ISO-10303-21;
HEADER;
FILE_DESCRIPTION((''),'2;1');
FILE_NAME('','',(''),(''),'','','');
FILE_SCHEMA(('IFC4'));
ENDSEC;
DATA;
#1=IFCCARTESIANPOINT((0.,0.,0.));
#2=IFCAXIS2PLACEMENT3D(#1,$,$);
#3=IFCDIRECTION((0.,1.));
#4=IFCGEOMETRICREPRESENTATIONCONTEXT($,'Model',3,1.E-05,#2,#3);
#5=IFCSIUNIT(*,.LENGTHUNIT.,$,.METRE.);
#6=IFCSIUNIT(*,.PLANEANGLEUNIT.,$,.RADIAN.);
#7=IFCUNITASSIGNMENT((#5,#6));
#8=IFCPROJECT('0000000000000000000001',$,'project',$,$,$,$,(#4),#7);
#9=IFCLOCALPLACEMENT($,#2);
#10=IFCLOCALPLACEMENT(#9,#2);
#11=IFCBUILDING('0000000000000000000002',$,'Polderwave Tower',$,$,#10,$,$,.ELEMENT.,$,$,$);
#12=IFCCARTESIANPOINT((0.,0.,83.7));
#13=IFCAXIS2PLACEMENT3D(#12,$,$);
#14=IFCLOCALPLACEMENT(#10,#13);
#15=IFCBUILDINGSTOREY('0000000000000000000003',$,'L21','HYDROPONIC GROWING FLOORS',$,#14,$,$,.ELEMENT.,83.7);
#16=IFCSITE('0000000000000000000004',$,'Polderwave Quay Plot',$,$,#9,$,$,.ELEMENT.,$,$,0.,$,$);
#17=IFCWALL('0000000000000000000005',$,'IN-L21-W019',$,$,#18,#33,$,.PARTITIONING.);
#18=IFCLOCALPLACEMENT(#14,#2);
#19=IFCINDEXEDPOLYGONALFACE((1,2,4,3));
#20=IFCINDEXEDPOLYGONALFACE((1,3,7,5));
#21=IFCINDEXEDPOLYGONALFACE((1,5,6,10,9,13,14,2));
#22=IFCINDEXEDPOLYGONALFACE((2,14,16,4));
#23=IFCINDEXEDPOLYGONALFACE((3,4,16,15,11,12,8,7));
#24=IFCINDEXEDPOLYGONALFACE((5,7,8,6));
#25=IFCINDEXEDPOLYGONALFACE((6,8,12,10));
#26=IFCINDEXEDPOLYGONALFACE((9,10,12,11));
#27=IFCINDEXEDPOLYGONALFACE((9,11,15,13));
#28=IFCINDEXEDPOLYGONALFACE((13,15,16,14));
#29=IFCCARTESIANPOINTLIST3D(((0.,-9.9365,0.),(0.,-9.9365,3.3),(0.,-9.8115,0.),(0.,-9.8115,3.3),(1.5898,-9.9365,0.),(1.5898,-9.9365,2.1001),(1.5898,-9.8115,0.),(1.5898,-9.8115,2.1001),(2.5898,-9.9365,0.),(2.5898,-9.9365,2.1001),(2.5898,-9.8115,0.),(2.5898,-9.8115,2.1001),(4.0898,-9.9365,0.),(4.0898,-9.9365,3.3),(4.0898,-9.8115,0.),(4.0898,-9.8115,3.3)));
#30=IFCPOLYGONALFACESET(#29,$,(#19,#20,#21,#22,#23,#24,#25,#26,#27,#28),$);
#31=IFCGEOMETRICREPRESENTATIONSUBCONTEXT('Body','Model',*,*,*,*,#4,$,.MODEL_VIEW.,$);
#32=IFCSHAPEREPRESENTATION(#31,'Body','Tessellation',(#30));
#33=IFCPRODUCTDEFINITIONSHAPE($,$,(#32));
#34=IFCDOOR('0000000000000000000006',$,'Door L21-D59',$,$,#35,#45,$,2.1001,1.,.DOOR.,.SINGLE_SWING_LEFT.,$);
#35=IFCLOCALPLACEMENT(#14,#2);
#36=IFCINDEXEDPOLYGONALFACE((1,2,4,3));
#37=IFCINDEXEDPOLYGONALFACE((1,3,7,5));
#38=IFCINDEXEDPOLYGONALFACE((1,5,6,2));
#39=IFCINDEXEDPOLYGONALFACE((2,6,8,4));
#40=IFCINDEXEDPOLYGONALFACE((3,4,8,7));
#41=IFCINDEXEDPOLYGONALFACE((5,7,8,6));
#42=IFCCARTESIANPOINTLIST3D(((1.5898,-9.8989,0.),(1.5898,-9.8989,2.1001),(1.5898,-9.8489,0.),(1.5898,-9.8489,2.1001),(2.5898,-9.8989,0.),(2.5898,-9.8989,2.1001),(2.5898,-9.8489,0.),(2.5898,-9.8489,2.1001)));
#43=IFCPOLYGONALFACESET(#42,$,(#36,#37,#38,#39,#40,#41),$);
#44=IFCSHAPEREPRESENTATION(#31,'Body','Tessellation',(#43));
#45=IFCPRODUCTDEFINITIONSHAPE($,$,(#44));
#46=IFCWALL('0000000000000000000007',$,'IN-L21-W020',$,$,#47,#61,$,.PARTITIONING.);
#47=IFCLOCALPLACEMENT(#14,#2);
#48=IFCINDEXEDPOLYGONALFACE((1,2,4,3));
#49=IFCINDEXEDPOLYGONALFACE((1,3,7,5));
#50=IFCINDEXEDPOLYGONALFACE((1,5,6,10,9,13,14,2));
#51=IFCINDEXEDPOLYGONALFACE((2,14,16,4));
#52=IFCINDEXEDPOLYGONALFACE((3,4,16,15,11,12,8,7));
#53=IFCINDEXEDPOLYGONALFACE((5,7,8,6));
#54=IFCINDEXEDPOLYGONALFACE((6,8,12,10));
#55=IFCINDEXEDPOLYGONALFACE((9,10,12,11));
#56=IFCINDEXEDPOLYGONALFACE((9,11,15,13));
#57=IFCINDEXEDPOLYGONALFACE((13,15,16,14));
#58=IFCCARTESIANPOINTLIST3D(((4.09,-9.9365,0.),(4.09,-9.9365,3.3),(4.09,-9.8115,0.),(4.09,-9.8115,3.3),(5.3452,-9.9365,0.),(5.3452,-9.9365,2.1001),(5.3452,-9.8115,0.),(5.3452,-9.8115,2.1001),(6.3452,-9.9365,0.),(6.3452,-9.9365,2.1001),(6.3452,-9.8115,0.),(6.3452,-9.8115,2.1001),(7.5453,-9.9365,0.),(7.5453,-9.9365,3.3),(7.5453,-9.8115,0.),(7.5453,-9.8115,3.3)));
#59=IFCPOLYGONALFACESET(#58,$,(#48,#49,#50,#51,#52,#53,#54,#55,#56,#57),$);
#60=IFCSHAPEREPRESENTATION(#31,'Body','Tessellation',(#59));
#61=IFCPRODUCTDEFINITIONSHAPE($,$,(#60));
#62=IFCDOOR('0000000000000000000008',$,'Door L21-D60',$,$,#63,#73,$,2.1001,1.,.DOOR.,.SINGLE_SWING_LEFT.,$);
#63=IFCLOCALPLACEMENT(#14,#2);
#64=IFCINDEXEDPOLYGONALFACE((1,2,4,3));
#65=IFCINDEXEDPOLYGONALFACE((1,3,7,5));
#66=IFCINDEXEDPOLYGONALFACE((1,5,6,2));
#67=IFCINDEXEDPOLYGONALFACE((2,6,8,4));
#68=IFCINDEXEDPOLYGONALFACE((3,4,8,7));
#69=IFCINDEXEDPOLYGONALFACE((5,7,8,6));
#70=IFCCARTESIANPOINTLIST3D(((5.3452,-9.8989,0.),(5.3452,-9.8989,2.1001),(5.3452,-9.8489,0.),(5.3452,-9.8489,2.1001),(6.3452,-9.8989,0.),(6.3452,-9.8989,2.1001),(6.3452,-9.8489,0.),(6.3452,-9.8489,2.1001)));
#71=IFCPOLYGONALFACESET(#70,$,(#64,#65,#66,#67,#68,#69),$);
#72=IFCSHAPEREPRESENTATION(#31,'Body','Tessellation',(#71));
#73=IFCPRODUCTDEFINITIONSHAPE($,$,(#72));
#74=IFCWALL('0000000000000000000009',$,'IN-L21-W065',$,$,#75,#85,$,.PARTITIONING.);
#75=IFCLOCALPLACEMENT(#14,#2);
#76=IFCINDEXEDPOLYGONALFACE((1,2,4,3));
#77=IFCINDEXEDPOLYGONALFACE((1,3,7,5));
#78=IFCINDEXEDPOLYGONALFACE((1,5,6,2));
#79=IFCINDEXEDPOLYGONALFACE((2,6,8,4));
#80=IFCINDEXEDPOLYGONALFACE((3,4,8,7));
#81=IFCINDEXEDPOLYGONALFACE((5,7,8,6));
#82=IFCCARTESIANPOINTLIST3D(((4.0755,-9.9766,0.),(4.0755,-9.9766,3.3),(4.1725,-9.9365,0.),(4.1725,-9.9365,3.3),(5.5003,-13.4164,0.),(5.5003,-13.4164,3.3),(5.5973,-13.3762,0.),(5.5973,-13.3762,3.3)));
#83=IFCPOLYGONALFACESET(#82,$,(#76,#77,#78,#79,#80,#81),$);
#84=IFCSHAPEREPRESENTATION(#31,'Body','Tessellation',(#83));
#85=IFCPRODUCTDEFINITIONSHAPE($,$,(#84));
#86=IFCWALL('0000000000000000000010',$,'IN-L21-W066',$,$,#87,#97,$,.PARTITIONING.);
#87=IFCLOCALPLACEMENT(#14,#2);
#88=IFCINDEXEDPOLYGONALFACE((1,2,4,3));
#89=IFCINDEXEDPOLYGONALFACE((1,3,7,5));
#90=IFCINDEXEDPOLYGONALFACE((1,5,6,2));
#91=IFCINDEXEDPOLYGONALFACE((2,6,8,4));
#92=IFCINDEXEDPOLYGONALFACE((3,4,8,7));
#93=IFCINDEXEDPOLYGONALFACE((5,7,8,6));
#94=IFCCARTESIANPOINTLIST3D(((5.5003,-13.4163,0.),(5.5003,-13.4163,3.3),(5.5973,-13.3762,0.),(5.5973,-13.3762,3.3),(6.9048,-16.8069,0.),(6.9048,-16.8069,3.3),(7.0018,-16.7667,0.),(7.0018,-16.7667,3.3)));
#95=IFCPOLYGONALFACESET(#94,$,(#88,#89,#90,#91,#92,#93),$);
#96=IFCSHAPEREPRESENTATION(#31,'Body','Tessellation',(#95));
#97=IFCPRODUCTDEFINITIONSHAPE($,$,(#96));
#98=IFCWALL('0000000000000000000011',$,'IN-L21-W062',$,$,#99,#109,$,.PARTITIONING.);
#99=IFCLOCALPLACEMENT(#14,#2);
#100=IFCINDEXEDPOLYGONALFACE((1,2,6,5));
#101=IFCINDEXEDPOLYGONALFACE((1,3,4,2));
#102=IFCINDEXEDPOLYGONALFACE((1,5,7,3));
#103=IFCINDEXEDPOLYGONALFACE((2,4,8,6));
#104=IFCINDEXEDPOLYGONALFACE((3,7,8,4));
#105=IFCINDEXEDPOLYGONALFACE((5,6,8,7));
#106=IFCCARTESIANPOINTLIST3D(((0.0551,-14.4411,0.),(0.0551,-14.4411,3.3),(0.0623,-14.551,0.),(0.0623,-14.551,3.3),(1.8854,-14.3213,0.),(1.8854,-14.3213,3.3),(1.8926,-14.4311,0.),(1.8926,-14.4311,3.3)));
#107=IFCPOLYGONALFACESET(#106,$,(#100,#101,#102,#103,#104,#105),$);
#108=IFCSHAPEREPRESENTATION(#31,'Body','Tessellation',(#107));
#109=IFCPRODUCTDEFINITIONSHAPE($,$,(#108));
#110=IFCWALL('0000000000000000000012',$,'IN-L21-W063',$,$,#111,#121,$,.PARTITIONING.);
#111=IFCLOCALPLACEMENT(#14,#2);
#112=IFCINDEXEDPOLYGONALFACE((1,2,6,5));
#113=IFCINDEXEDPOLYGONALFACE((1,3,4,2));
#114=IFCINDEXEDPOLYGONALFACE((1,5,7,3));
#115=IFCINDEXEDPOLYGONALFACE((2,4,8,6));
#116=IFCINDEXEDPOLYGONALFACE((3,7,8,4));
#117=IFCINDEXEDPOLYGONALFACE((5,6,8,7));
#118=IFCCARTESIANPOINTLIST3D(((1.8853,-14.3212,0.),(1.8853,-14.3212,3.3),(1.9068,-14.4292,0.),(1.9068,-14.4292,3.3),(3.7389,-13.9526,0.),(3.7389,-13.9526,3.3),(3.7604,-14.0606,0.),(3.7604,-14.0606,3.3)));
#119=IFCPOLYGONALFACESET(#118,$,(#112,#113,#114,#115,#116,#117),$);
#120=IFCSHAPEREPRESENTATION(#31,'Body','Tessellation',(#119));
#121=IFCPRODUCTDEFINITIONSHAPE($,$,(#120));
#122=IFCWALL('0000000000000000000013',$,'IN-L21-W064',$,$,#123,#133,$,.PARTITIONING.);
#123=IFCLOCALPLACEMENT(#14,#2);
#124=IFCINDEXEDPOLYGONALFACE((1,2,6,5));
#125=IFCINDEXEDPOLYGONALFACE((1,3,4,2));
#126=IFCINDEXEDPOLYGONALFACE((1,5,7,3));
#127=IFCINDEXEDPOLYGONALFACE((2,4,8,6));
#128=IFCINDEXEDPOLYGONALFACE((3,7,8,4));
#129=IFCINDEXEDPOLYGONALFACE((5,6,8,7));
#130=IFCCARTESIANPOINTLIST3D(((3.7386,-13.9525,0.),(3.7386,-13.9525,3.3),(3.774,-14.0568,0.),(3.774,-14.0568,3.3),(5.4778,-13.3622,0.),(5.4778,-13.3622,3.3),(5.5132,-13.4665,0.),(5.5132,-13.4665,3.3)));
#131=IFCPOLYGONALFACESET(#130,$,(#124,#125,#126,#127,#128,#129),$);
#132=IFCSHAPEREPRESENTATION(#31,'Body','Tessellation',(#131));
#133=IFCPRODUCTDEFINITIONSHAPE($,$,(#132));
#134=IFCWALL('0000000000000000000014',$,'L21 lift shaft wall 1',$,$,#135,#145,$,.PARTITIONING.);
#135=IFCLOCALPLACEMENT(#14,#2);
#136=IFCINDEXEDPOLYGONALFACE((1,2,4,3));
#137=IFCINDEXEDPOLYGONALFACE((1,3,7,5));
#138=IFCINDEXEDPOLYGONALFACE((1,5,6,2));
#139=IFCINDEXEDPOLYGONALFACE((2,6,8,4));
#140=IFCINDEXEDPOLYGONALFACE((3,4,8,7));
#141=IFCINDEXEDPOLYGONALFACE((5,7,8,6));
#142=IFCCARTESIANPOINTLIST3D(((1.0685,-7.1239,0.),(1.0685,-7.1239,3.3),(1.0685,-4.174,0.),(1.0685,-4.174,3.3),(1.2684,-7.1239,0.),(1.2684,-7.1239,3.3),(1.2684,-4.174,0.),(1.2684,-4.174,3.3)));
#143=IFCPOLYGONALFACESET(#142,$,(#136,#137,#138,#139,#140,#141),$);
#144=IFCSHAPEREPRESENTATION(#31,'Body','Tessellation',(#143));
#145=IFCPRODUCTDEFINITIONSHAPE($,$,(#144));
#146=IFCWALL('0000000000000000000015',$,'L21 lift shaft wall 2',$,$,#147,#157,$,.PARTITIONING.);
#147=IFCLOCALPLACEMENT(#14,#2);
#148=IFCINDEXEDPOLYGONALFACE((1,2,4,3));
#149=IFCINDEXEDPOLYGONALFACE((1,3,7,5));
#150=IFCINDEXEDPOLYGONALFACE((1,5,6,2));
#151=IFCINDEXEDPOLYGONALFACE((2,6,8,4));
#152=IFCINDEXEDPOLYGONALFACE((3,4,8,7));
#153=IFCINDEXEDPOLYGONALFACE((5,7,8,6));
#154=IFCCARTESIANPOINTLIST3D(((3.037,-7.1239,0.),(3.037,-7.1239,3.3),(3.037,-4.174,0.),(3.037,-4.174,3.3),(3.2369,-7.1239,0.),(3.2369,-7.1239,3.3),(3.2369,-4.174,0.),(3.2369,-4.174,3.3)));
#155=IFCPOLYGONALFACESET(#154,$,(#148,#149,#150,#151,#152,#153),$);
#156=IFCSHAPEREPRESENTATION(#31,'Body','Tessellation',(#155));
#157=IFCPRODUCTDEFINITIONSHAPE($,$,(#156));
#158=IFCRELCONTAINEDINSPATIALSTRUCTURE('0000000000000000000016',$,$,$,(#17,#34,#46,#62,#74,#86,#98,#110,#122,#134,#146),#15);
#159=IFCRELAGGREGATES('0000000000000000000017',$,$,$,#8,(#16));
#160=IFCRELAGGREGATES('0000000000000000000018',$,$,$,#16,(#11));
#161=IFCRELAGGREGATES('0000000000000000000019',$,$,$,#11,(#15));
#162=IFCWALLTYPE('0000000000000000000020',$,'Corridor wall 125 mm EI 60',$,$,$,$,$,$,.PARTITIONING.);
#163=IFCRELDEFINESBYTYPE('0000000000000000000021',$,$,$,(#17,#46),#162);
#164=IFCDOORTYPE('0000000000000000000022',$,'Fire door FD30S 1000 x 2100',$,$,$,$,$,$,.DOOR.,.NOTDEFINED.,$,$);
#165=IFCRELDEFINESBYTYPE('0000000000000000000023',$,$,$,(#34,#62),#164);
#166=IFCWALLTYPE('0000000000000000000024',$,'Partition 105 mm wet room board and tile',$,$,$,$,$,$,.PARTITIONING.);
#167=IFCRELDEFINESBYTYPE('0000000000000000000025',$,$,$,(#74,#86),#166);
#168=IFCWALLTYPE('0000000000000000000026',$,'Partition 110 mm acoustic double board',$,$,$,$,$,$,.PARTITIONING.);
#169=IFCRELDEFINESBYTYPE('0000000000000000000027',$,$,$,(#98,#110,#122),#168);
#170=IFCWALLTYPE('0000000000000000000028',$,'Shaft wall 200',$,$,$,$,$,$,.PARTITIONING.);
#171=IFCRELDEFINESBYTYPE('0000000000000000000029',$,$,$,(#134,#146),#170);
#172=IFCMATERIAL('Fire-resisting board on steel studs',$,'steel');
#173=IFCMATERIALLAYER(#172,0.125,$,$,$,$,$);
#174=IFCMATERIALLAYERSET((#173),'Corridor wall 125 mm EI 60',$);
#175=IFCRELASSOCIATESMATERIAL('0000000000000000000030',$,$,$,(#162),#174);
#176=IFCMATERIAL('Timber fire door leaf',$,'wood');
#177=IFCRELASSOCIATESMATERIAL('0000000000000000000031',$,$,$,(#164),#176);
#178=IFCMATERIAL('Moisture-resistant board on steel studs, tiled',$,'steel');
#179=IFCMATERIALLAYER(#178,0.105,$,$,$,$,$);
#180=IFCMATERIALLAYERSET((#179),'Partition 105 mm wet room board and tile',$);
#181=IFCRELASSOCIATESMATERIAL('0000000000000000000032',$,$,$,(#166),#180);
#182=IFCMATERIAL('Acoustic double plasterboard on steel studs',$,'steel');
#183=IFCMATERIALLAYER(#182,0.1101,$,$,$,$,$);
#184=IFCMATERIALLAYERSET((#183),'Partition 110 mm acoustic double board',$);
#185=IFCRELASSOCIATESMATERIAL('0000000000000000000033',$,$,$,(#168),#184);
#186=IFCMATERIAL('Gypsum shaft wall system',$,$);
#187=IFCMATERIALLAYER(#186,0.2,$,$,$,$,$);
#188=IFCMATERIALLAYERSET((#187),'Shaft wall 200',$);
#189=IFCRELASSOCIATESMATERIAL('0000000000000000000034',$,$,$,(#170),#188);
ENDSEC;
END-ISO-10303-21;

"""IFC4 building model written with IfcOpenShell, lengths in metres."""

from ifc_helpers import new_model, si_unit, direction, frame, frame_2d, origin, place, context, subcontext, project, spatial, rectangle, extrude, material, layer, layer_set, type_object, element, fill, save


model = new_model("IFC4")

# Units and contexts
model_context = context("Model", 3, precision=1e-05, world=origin(), true_north=direction((0.0, 1.0)))
body_context = subcontext(model_context, "Body", "Model", "MODEL_VIEW")
ifc_project = project(units=[si_unit("LENGTHUNIT", "METRE"), si_unit("PLANEANGLEUNIT", "RADIAN")], contexts=[model_context])

# Site, building, storey
site_placement = place(None, origin())
site = spatial("IfcSite", under=ifc_project, at=site_placement, Name="Polderwave Quay Plot", CompositionType="ELEMENT", RefElevation=0.0)
building_placement = place(site_placement, origin())
building = spatial("IfcBuilding", under=site, at=building_placement, Name="Polderwave Tower", CompositionType="ELEMENT")
storey_placement = place(building_placement, frame((0.0, 0.0, 83.7)))
storey = spatial("IfcBuildingStorey", under=building, at=storey_placement, Name="L21", Description="HYDROPONIC GROWING FLOORS", CompositionType="ELEMENT", Elevation=83.7)

# Walls, openings, doors
ifc_material_1 = material(Name="Fire-resisting board on steel studs", Category="steel")
ifc_layer_1 = layer(ifc_material_1, 0.125)
ifc_layer_set_1 = layer_set([ifc_layer_1], Name="Corridor wall 125 mm EI 60")
wall_type_1 = type_object("IfcWallType", Name="Corridor wall 125 mm EI 60", PredefinedType="PARTITIONING", material=ifc_layer_set_1)
wall_1_placement = place(storey_placement, frame((4.0898, -9.874, 0.0), z_axis=(0.0, 0.0, 1.0), x_axis=(-1.0, 0.0, 0.0)))
wall_1 = element("IfcWall", 1, at=wall_1_placement, inside=storey, type_object=wall_type_1, Name="IN-L21-W019", PredefinedType="PARTITIONING", context=body_context, shape_type="SweptSolid", body=[
    extrude(rectangle(XDim=4.0898, YDim=0.125, at=frame_2d((2.0449, 0.0))), origin(), (0.0, 0.0, 1.0), 3.3),
])
opening_1_placement = place(wall_1_placement, frame((1.5, 0.0, 0.0)))
opening_1 = element("IfcOpeningElement", 2, at=opening_1_placement, cuts=wall_1, PredefinedType="OPENING", context=body_context, shape_type="SweptSolid", body=[
    extrude(rectangle(XDim=1.0, YDim=2.1001, at=frame_2d((0.5, 1.05))), frame((0.0, 0.0725, 0.0), z_axis=(0.0, -1.0, 0.0), x_axis=(1.0, 0.0, 0.0)), (0.0, 0.0, 1.0), 0.145),
])
ifc_material_2 = material(Name="Timber fire door leaf", Category="wood")
door_type = type_object("IfcDoorType", Name="Fire door FD30S 1000 x 2100", OperationType="NOTDEFINED", PredefinedType="DOOR", material=ifc_material_2)
door_1_placement = place(opening_1_placement, origin())
door_1 = element("IfcDoor", 3, at=door_1_placement, inside=storey, type_object=door_type, Name="Door L21-D59", OperationType="SINGLE_SWING_LEFT", OverallHeight=2.1001, OverallWidth=1.0, PredefinedType="DOOR", context=body_context, shape_type="SweptSolid", body=[
    extrude(rectangle(XDim=1.0, YDim=2.1001, at=frame_2d((0.5, 1.05))), frame((0.0, 0.0249, 0.0), z_axis=(0.0, -1.0, 0.0), x_axis=(1.0, 0.0, 0.0)), (0.0, 0.0, 1.0), 0.05),
])
fill(opening_1, door_1)
wall_2_placement = place(storey_placement, frame((7.5452, -9.874, 0.0), z_axis=(0.0, 0.0, 1.0), x_axis=(-1.0, 0.0, 0.0)))
wall_2 = element("IfcWall", 4, at=wall_2_placement, inside=storey, type_object=wall_type_1, Name="IN-L21-W020", PredefinedType="PARTITIONING", context=body_context, shape_type="SweptSolid", body=[
    extrude(rectangle(XDim=3.4553, YDim=0.125, at=frame_2d((1.7275, 0.0))), origin(), (0.0, 0.0, 1.0), 3.3),
])
opening_2_placement = place(wall_2_placement, frame((1.2, 0.0, 0.0)))
opening_2 = element("IfcOpeningElement", 5, at=opening_2_placement, cuts=wall_2, PredefinedType="OPENING", context=body_context, shape_type="SweptSolid", body=[
    extrude(rectangle(XDim=1.0, YDim=2.1001, at=frame_2d((0.5, 1.05))), frame((0.0, 0.0725, 0.0), z_axis=(0.0, -1.0, 0.0), x_axis=(1.0, 0.0, 0.0)), (0.0, 0.0, 1.0), 0.145),
])
door_2_placement = place(opening_2_placement, origin())
door_2 = element("IfcDoor", 6, at=door_2_placement, inside=storey, type_object=door_type, Name="Door L21-D60", OperationType="SINGLE_SWING_LEFT", OverallHeight=2.1001, OverallWidth=1.0, PredefinedType="DOOR", context=body_context, shape_type="SweptSolid", body=[
    extrude(rectangle(XDim=1.0, YDim=2.1001, at=frame_2d((0.5, 1.05))), frame((0.0, 0.0249, 0.0), z_axis=(0.0, -1.0, 0.0), x_axis=(1.0, 0.0, 0.0)), (0.0, 0.0, 1.0), 0.05),
])
fill(opening_2, door_2)

# Walls
ifc_material_3 = material(Name="Moisture-resistant board on steel studs, tiled", Category="steel")
ifc_layer_2 = layer(ifc_material_3, 0.105)
ifc_layer_set_2 = layer_set([ifc_layer_2], Name="Partition 105 mm wet room board and tile")
wall_type_2 = type_object("IfcWallType", Name="Partition 105 mm wet room board and tile", PredefinedType="PARTITIONING", material=ifc_layer_set_2)
wall_3_placement = place(storey_placement, frame((4.124, -9.9565, 0.0), z_axis=(0.0, 0.0, 1.0), x_axis=(0.382692, -0.923876, 0.0)))
element("IfcWall", 7, at=wall_3_placement, inside=storey, type_object=wall_type_2, Name="IN-L21-W065", PredefinedType="PARTITIONING", context=body_context, shape_type="SweptSolid", body=[
    extrude(rectangle(XDim=3.7231, YDim=0.105, at=frame_2d((1.8616, 0.0))), origin(), (0.0, 0.0, 1.0), 3.3),
])
wall_4_placement = place(storey_placement, frame((5.5488, -13.3962, 0.0), z_axis=(0.0, 0.0, 1.0), x_axis=(0.382706, -0.92387, 0.0)))
element("IfcWall", 8, at=wall_4_placement, inside=storey, type_object=wall_type_2, Name="IN-L21-W066", PredefinedType="PARTITIONING", context=body_context, shape_type="SweptSolid", body=[
    extrude(rectangle(XDim=3.6699, YDim=0.105, at=frame_2d((1.835, 0.0))), origin(), (0.0, 0.0, 1.0), 3.3),
])
ifc_material_4 = material(Name="Acoustic double plasterboard on steel studs", Category="steel")
ifc_layer_3 = layer(ifc_material_4, 0.1101)
ifc_layer_set_3 = layer_set([ifc_layer_3], Name="Partition 110 mm acoustic double board")
wall_type_3 = type_object("IfcWallType", Name="Partition 110 mm acoustic double board", PredefinedType="PARTITIONING", material=ifc_layer_set_3)
wall_5_placement = place(storey_placement, frame((1.8889, -14.3762, 0.0), z_axis=(0.0, 0.0, 1.0), x_axis=(-0.997862, -0.065353, 0.0)))
element("IfcWall", 9, at=wall_5_placement, inside=storey, type_object=wall_type_3, Name="IN-L21-W062", PredefinedType="PARTITIONING", context=body_context, shape_type="SweptSolid", body=[
    extrude(rectangle(XDim=1.8342, YDim=0.1101, at=frame_2d((0.917, 0.0))), origin(), (0.0, 0.0, 1.0), 3.3),
])
wall_6_placement = place(storey_placement, frame((3.7495, -14.0066, 0.0), z_axis=(0.0, 0.0, 1.0), x_axis=(-0.980789, -0.195073, 0.0)))
element("IfcWall", 10, at=wall_6_placement, inside=storey, type_object=wall_type_3, Name="IN-L21-W063", PredefinedType="PARTITIONING", context=body_context, shape_type="SweptSolid", body=[
    extrude(rectangle(XDim=1.8899, YDim=0.1101, at=frame_2d((0.9448, 0.0))), origin(), (0.0, 0.0, 1.0), 3.3),
])
wall_7_placement = place(storey_placement, frame((5.4956, -13.4143, 0.0), z_axis=(0.0, 0.0, 1.0), x_axis=(-0.946941, -0.321407, 0.0)))
element("IfcWall", 11, at=wall_7_placement, inside=storey, type_object=wall_type_3, Name="IN-L21-W064", PredefinedType="PARTITIONING", context=body_context, shape_type="SweptSolid", body=[
    extrude(rectangle(XDim=1.8367, YDim=0.1101, at=frame_2d((0.9185, 0.0))), origin(), (0.0, 0.0, 1.0), 3.3),
])
ifc_material_5 = material(Name="Gypsum shaft wall system")
ifc_layer_4 = layer(ifc_material_5, 0.2)
ifc_layer_set_4 = layer_set([ifc_layer_4], Name="Shaft wall 200")
wall_type_4 = type_object("IfcWallType", Name="Shaft wall 200", PredefinedType="PARTITIONING", material=ifc_layer_set_4)
for number, where, z_axis, x_axis, name in (
    (12, (1.1685, -7.124, 0.0), (0.0, 0.0, 1.0), (0.0, 1.0, 0.0), "L21 lift shaft wall 1"),
    (13, (3.137, -7.124, 0.0), (0.0, 0.0, 1.0), (0.0, 1.0, 0.0), "L21 lift shaft wall 2"),
):
    element("IfcWall", number, at=place(storey_placement, frame(where, z_axis=z_axis, x_axis=x_axis)), inside=storey, type_object=wall_type_4, Name=name, PredefinedType="PARTITIONING", context=body_context, shape_type="SweptSolid", body=[
        extrude(rectangle(XDim=2.95, YDim=0.2, at=frame_2d((1.4751, 0.0))), origin(), (0.0, 0.0, 1.0), 3.3),
    ])

save(model, "model.ifc")
